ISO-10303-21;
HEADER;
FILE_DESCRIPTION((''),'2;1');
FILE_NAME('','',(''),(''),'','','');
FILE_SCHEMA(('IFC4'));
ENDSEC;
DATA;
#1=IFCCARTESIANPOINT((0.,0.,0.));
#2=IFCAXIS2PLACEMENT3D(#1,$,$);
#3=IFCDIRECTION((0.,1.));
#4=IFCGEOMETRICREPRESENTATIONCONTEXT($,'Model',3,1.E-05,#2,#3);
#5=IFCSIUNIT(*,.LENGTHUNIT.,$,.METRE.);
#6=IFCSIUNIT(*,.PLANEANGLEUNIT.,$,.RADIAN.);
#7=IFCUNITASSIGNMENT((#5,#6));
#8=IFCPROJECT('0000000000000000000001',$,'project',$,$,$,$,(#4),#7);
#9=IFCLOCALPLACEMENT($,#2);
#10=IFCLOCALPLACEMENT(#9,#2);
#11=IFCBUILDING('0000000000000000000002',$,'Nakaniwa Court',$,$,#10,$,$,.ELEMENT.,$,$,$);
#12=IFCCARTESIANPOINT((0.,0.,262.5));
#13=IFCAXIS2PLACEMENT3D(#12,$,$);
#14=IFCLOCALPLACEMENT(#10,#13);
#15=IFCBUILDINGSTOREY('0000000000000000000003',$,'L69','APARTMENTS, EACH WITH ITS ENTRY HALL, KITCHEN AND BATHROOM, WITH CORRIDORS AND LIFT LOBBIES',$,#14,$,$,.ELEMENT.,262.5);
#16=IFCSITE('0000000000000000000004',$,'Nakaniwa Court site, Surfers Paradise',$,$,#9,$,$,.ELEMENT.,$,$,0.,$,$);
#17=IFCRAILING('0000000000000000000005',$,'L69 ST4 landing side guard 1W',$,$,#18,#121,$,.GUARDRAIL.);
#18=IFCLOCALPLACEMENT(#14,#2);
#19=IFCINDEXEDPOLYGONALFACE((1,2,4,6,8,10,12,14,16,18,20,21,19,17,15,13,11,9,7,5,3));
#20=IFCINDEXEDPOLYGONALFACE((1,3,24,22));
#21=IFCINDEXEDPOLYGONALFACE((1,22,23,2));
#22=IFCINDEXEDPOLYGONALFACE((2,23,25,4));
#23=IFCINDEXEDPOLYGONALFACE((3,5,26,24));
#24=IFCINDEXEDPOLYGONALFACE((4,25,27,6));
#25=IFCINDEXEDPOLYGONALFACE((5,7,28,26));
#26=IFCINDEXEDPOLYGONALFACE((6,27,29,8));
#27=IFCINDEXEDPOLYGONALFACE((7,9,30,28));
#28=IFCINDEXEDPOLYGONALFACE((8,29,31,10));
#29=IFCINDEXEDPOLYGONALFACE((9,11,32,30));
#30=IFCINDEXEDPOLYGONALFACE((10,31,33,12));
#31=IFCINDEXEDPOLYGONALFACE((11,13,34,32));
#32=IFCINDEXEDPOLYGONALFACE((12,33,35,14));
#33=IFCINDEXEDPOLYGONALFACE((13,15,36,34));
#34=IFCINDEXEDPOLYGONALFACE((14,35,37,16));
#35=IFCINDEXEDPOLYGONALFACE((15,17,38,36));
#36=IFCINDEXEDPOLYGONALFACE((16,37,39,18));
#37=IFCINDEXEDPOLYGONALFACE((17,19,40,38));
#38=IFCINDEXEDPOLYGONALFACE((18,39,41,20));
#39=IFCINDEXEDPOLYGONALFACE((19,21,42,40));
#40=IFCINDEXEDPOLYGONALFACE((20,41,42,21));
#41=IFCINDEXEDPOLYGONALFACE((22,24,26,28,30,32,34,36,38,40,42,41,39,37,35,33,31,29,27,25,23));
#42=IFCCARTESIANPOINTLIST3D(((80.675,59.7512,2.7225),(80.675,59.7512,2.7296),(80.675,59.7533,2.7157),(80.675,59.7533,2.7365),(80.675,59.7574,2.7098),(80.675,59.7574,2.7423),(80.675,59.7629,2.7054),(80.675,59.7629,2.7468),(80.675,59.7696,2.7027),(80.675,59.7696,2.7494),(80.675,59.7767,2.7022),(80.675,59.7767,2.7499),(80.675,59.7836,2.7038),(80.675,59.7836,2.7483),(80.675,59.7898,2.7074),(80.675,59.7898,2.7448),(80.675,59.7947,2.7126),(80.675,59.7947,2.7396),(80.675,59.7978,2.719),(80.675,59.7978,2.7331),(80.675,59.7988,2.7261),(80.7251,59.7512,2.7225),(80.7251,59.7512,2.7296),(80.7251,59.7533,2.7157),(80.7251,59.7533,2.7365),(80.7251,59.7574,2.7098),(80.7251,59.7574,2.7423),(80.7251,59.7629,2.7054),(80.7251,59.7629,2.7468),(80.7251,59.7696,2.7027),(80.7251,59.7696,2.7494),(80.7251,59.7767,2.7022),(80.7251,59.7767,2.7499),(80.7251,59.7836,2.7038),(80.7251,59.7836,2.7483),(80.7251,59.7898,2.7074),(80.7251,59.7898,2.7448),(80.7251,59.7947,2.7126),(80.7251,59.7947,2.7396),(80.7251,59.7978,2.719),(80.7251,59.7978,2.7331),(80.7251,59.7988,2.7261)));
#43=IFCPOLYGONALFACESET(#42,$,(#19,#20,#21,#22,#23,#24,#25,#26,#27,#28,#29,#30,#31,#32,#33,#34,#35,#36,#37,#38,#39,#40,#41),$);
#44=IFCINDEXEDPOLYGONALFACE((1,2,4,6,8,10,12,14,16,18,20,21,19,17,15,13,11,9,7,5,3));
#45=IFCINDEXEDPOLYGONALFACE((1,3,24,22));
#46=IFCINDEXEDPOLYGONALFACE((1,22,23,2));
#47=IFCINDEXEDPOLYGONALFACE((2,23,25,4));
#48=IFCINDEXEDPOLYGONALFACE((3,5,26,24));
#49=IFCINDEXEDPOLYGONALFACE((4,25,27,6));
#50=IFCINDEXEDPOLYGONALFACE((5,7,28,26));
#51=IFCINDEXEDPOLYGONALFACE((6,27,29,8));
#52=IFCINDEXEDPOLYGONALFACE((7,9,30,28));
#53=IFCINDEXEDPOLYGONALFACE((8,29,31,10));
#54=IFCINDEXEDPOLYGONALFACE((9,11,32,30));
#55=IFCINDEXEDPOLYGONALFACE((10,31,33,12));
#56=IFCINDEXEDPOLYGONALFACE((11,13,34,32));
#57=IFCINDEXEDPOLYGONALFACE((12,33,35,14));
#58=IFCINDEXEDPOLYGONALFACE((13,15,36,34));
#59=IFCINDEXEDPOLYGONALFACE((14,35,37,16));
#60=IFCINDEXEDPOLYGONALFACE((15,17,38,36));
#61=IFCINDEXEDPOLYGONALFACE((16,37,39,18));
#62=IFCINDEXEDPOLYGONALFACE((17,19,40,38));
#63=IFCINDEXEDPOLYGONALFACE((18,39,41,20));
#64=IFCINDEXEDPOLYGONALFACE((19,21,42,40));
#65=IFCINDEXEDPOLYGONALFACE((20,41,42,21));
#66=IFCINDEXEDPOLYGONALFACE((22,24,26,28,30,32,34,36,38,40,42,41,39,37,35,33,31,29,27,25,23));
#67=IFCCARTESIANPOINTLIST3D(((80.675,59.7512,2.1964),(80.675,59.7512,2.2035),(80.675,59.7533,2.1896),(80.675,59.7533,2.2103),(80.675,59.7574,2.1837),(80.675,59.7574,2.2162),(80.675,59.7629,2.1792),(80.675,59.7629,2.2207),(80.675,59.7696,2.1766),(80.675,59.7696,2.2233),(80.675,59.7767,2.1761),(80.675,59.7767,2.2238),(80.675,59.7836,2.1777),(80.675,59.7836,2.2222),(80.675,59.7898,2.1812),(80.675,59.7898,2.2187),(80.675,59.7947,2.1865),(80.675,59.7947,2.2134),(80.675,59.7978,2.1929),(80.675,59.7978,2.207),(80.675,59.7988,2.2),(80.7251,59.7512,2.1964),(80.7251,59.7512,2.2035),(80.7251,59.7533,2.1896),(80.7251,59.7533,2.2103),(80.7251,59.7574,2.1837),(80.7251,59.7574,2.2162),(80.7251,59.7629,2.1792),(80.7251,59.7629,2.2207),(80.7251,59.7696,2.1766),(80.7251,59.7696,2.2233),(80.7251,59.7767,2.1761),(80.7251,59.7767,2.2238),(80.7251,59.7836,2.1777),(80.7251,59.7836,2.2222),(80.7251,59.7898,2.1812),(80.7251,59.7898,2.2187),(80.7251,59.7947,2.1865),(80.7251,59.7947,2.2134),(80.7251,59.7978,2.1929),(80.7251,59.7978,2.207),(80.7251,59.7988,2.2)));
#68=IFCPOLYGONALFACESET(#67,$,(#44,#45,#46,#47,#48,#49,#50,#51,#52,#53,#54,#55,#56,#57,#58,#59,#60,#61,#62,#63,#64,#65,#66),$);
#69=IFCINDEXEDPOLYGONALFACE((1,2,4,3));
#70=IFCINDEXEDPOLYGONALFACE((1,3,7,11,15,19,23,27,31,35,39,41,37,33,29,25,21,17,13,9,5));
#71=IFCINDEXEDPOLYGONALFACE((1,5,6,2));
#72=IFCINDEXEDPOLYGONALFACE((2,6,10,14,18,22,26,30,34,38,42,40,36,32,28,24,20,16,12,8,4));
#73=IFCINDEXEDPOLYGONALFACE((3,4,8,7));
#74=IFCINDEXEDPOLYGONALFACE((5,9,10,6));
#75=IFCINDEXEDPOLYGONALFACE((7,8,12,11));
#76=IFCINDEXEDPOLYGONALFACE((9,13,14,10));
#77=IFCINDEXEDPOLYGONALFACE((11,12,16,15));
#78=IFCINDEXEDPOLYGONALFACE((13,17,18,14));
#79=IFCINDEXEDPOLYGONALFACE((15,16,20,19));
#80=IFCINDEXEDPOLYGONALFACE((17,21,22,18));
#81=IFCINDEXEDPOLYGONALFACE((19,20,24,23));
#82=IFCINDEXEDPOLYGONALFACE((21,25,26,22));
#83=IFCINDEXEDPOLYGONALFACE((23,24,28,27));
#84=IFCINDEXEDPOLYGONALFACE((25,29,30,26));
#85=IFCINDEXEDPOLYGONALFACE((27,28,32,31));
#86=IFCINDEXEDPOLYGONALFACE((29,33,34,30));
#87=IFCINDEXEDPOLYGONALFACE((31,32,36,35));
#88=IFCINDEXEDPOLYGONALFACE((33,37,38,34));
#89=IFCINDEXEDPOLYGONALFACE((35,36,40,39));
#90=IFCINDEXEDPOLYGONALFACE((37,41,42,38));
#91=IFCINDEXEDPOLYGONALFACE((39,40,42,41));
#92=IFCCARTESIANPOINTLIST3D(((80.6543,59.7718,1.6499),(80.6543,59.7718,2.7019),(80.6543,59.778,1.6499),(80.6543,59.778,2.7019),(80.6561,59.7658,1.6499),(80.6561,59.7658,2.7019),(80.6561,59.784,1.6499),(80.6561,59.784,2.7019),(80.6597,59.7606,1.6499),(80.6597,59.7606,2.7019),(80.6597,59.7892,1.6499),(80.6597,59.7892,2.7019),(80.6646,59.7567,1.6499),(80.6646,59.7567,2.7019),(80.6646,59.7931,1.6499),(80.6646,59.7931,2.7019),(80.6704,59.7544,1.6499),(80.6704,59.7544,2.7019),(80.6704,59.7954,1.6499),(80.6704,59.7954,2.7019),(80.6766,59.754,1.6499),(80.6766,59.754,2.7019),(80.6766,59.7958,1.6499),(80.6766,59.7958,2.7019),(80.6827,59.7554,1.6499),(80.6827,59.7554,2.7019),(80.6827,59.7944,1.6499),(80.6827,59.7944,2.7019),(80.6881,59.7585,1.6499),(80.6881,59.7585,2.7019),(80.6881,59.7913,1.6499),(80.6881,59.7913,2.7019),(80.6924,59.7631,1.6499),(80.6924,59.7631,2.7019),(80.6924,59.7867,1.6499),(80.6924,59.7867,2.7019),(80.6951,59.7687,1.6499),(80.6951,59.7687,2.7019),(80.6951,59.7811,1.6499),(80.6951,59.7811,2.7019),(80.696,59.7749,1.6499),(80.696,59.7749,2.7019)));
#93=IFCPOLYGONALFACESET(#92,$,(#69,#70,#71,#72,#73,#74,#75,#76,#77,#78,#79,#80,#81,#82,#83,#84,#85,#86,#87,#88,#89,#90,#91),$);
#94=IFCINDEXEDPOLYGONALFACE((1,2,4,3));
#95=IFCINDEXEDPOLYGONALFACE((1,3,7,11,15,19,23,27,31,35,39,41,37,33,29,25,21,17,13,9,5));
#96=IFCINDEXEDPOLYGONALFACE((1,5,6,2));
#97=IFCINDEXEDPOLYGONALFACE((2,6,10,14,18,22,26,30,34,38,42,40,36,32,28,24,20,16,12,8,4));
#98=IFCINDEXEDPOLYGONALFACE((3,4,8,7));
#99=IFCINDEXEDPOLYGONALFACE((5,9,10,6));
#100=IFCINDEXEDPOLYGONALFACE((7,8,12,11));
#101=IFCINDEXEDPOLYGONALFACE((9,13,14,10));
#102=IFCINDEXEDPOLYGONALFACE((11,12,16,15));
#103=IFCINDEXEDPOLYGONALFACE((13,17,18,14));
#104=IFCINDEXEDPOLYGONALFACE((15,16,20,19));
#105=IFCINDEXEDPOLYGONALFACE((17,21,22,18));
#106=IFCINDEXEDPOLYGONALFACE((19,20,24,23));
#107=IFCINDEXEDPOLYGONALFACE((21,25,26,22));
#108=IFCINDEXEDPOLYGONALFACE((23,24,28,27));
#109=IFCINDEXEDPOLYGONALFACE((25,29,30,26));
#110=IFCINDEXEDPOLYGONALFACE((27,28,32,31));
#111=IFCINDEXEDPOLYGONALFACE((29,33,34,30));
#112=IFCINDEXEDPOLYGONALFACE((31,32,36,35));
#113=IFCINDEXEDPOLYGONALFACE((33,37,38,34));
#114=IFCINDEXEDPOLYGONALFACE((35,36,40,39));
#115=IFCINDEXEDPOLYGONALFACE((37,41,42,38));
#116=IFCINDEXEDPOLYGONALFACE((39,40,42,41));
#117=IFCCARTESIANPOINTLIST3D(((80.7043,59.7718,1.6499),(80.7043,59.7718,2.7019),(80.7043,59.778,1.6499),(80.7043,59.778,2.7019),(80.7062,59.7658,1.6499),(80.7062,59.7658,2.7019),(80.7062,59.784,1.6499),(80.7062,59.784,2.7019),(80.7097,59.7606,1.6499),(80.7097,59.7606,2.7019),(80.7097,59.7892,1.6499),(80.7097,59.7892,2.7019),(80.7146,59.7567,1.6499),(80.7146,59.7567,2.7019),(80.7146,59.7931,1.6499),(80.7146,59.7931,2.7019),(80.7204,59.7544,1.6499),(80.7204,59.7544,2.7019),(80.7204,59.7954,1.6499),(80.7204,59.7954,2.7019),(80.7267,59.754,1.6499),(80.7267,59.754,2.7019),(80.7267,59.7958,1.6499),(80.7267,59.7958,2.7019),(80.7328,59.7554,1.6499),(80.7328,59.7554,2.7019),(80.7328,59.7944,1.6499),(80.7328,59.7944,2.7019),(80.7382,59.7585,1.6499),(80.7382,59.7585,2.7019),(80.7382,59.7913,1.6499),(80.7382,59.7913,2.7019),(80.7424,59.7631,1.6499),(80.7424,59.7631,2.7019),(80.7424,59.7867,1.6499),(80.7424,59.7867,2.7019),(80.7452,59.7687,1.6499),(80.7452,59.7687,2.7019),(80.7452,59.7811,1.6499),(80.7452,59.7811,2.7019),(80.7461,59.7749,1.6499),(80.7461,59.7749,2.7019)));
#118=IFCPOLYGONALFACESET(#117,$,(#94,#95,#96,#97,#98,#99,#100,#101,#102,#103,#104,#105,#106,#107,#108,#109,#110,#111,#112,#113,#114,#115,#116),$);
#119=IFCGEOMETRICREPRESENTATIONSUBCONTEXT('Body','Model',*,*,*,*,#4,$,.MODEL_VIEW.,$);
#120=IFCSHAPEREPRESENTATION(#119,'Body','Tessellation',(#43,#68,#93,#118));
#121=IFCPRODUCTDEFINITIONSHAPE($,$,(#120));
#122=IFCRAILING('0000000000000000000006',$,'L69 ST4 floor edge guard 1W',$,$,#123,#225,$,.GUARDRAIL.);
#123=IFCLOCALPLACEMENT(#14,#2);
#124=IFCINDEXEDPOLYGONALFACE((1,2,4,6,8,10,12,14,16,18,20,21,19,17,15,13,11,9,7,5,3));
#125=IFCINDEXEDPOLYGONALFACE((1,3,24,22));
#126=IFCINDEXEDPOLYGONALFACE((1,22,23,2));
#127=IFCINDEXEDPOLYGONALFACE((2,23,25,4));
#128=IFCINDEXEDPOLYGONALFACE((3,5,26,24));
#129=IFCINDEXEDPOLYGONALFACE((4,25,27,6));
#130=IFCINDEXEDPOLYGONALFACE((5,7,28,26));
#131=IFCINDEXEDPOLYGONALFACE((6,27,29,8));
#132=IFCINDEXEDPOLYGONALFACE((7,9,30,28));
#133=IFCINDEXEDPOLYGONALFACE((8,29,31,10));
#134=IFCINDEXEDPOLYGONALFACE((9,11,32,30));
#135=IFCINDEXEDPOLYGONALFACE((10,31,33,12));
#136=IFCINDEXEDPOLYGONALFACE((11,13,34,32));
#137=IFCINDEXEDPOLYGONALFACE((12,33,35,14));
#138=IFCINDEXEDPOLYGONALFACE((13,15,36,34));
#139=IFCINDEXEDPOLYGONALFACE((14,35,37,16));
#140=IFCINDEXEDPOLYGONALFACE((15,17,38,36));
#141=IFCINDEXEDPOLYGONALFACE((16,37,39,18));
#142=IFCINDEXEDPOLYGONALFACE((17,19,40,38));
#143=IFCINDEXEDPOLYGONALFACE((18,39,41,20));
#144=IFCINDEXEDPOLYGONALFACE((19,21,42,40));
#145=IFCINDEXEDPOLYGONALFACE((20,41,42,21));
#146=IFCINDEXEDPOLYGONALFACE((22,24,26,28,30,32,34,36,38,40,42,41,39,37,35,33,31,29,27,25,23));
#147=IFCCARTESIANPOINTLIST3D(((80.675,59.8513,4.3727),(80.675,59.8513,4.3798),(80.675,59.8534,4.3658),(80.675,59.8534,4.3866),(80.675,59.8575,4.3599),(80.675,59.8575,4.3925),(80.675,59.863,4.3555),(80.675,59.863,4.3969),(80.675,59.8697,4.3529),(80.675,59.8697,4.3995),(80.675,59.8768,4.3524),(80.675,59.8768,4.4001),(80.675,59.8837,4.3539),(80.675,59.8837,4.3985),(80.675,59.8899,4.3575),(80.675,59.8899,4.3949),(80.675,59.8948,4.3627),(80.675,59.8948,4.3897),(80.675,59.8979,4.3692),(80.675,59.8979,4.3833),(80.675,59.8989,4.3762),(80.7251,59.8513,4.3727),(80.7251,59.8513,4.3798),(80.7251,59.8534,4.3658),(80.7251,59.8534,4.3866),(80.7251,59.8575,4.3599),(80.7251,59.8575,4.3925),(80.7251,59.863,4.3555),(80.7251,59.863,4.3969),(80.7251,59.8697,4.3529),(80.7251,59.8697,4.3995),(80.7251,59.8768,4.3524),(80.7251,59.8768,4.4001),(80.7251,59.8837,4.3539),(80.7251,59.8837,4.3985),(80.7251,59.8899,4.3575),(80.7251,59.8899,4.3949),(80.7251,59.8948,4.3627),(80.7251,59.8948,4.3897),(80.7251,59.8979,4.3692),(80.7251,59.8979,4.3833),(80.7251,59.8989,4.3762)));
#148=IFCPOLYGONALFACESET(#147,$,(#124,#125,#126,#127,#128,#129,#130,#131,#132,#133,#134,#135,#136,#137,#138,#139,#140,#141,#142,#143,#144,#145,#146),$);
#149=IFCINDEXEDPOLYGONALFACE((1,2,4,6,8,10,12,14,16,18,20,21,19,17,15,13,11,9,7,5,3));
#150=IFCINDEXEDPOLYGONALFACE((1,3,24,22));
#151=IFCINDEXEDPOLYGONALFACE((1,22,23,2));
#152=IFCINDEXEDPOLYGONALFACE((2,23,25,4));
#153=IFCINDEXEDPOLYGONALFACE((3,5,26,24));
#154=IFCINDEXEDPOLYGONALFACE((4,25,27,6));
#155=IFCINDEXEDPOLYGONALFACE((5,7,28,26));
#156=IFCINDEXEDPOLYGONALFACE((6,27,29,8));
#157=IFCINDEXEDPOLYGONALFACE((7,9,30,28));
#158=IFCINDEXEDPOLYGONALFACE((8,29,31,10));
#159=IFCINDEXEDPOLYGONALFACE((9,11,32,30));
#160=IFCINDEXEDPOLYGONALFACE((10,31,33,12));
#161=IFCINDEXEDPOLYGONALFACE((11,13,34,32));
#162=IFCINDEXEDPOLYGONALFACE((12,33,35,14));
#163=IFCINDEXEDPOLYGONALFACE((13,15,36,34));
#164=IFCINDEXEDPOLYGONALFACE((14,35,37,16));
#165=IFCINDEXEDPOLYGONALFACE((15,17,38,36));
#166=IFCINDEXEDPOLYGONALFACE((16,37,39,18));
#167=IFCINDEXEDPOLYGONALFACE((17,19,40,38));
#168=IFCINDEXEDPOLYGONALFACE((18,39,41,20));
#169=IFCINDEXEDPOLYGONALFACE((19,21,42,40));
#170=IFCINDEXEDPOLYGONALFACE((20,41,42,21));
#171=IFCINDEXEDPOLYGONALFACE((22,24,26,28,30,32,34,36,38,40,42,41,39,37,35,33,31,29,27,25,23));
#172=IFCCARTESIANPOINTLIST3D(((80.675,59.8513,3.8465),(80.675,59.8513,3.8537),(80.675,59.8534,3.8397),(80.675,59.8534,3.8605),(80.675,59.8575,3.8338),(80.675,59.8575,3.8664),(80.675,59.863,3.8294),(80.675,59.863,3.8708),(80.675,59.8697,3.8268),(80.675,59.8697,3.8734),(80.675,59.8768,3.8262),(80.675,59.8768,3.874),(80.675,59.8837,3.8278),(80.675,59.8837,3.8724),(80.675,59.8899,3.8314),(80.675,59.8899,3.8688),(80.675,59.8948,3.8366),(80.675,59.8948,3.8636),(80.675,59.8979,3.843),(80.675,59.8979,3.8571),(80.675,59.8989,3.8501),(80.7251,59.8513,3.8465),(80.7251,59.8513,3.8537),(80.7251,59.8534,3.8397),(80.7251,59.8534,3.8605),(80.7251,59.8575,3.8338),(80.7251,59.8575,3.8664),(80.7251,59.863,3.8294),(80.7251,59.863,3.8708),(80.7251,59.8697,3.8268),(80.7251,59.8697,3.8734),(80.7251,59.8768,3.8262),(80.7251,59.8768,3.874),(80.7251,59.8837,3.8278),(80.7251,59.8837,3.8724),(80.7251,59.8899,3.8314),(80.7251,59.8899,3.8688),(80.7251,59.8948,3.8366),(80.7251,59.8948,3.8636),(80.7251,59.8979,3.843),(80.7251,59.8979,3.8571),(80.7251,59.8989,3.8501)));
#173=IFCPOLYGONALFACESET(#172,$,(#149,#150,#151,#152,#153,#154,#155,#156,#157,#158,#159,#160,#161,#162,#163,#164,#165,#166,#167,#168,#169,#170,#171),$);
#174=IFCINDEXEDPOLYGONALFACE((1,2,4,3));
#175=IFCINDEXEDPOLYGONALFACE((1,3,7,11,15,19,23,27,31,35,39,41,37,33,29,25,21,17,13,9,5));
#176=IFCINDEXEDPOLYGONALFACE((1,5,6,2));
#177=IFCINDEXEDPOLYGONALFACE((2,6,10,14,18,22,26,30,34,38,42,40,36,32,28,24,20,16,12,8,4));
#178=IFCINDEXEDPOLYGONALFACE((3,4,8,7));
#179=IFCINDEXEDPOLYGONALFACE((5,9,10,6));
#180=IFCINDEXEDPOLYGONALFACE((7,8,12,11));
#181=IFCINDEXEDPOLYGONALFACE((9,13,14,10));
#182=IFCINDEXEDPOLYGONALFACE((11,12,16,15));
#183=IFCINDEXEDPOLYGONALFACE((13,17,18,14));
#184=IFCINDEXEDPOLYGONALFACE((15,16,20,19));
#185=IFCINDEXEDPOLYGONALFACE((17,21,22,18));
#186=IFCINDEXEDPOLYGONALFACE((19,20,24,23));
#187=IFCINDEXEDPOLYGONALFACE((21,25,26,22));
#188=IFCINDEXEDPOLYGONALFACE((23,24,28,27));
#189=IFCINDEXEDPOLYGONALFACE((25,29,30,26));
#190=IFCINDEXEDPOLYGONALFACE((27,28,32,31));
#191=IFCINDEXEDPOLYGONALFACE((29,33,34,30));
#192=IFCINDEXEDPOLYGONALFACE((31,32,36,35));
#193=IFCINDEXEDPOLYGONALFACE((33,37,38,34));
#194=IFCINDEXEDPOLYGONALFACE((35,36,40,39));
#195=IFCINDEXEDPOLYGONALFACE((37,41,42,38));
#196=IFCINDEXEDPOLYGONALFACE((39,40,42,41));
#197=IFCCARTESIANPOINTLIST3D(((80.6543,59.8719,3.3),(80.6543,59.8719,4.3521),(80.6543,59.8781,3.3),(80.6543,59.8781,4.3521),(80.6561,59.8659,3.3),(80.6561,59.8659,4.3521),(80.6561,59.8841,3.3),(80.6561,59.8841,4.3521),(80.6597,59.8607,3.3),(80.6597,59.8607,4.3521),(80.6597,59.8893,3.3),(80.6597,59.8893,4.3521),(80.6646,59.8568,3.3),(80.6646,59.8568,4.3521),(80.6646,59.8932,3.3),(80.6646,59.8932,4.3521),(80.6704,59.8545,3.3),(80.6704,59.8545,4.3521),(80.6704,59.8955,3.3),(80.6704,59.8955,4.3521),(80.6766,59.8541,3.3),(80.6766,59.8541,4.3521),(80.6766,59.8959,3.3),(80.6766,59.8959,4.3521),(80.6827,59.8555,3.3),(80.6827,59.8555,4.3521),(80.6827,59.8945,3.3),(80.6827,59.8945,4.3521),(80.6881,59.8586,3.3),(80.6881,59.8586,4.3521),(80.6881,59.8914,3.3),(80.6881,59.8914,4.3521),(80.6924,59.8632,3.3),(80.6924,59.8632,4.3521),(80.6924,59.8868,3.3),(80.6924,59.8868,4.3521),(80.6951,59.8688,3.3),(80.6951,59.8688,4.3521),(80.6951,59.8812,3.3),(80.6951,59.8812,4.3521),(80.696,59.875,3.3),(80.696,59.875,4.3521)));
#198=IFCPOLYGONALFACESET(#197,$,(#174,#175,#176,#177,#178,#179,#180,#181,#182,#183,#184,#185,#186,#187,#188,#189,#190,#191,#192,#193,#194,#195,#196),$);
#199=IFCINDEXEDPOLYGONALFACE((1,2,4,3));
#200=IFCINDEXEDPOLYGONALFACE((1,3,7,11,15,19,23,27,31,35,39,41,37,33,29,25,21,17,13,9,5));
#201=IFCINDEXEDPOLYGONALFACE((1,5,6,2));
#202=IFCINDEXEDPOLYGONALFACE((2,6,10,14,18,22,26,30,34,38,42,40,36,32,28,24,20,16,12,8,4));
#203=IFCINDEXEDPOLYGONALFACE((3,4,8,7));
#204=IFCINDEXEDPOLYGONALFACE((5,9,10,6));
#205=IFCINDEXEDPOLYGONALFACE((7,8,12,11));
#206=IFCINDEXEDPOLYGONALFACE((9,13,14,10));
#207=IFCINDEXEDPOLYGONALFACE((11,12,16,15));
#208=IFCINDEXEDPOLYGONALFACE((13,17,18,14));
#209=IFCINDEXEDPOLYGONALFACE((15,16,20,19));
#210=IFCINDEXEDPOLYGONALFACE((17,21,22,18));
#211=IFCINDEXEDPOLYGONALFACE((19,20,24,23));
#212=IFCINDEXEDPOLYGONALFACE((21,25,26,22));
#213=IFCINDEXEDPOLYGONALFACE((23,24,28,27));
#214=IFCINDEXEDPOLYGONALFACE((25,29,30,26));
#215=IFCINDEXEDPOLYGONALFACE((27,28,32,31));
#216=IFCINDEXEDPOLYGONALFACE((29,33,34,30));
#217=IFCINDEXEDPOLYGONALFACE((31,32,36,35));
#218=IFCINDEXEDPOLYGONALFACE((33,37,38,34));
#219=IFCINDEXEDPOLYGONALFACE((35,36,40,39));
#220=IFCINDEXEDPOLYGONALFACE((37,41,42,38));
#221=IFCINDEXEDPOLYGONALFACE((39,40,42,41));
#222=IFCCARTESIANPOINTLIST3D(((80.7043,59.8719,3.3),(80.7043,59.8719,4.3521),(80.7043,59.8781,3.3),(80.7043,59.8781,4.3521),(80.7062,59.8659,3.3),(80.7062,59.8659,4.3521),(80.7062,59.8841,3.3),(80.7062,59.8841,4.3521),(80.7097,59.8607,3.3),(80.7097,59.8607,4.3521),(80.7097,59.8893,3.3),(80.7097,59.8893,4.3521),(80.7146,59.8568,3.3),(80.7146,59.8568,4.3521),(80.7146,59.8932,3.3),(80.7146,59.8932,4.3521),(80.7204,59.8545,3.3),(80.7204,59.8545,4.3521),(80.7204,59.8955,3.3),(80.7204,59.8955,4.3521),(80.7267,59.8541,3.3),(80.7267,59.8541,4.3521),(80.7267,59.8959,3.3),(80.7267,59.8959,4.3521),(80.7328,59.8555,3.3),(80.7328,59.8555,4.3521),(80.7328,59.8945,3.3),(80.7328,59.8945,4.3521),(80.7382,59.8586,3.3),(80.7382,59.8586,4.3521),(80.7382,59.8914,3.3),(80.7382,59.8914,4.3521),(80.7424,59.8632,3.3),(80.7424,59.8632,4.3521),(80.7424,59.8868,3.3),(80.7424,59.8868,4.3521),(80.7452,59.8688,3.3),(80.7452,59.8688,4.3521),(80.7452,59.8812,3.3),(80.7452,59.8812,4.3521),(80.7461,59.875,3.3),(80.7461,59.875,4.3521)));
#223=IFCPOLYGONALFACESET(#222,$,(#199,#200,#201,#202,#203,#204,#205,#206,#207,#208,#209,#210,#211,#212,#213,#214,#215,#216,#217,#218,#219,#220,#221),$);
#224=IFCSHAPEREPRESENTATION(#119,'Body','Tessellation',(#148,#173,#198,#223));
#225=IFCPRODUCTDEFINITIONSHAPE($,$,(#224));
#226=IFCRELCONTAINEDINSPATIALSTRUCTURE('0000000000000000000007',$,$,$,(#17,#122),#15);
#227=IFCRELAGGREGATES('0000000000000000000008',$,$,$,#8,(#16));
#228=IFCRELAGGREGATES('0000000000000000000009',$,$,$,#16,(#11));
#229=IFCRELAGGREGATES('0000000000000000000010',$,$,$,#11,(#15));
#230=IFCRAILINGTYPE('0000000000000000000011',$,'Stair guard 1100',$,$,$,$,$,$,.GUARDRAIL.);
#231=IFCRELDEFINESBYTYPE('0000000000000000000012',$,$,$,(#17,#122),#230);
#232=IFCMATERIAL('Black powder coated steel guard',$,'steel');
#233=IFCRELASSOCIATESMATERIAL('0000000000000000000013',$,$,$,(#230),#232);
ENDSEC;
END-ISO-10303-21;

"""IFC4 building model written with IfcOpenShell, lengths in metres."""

from ifc_helpers import new_model, si_unit, direction, frame, origin, origin_2d, place, context, subcontext, project, spatial, circle, extrude, material, type_object, element, save


model = new_model("IFC4")

# Units and contexts
model_context = context("Model", 3, precision=1e-05, world=origin(), true_north=direction((0.0, 1.0)))
body_context = subcontext(model_context, "Body", "Model", "MODEL_VIEW")
ifc_project = project(units=[si_unit("LENGTHUNIT", "METRE"), si_unit("PLANEANGLEUNIT", "RADIAN")], contexts=[model_context])

# Site, building, storey
site_placement = place(None, origin())
site = spatial("IfcSite", under=ifc_project, at=site_placement, Name="Nakaniwa Court site, Surfers Paradise", CompositionType="ELEMENT", RefElevation=0.0)
building_placement = place(site_placement, origin())
building = spatial("IfcBuilding", under=site, at=building_placement, Name="Nakaniwa Court", CompositionType="ELEMENT")
storey_placement = place(building_placement, frame((0.0, 0.0, 262.5)))
storey = spatial("IfcBuildingStorey", under=building, at=storey_placement, Name="L69", Description="APARTMENTS, EACH WITH ITS ENTRY HALL, KITCHEN AND BATHROOM, WITH CORRIDORS AND LIFT LOBBIES", CompositionType="ELEMENT", Elevation=262.5)

# Railings
ifc_material_1 = material(Name="Black powder coated steel guard", Category="steel")
railing_type_1 = type_object("IfcRailingType", Name="Stair guard 1100", PredefinedType="GUARDRAIL", material=ifc_material_1)
for number, where, name in (
    (1, (80.675, 59.7749, 1.6499), "L69 ST4 landing side guard 1W"),
    (2, (80.675, 59.875, 3.3), "L69 ST4 floor edge guard 1W"),
):
    element("IfcRailing", number, at=place(storey_placement, frame(where)), inside=storey, type_object=railing_type_1, Name=name, PredefinedType="GUARDRAIL", context=body_context, shape_type="SweptSolid", body=[
        extrude(circle(Radius=0.0239, at=origin_2d()), frame((0.0, 0.0, 1.0762), z_axis=(1.0, 0.0, 0.0), x_axis=(0.0, 1.0, 0.0)), (0.0, 0.0, 1.0), 0.05),
        extrude(circle(Radius=0.0239, at=origin_2d()), frame((0.0, 0.0, 0.55), z_axis=(1.0, 0.0, 0.0), x_axis=(0.0, 1.0, 0.0)), (0.0, 0.0, 1.0), 0.05),
        extrude(circle(Radius=0.021, at=origin_2d()), origin(), (0.0, 0.0, 1.0), 1.052),
        extrude(circle(Radius=0.021, at=origin_2d()), frame((0.05, 0.0, 0.0)), (0.0, 0.0, 1.0), 1.052),
    ])

save(model, "model.ifc")
